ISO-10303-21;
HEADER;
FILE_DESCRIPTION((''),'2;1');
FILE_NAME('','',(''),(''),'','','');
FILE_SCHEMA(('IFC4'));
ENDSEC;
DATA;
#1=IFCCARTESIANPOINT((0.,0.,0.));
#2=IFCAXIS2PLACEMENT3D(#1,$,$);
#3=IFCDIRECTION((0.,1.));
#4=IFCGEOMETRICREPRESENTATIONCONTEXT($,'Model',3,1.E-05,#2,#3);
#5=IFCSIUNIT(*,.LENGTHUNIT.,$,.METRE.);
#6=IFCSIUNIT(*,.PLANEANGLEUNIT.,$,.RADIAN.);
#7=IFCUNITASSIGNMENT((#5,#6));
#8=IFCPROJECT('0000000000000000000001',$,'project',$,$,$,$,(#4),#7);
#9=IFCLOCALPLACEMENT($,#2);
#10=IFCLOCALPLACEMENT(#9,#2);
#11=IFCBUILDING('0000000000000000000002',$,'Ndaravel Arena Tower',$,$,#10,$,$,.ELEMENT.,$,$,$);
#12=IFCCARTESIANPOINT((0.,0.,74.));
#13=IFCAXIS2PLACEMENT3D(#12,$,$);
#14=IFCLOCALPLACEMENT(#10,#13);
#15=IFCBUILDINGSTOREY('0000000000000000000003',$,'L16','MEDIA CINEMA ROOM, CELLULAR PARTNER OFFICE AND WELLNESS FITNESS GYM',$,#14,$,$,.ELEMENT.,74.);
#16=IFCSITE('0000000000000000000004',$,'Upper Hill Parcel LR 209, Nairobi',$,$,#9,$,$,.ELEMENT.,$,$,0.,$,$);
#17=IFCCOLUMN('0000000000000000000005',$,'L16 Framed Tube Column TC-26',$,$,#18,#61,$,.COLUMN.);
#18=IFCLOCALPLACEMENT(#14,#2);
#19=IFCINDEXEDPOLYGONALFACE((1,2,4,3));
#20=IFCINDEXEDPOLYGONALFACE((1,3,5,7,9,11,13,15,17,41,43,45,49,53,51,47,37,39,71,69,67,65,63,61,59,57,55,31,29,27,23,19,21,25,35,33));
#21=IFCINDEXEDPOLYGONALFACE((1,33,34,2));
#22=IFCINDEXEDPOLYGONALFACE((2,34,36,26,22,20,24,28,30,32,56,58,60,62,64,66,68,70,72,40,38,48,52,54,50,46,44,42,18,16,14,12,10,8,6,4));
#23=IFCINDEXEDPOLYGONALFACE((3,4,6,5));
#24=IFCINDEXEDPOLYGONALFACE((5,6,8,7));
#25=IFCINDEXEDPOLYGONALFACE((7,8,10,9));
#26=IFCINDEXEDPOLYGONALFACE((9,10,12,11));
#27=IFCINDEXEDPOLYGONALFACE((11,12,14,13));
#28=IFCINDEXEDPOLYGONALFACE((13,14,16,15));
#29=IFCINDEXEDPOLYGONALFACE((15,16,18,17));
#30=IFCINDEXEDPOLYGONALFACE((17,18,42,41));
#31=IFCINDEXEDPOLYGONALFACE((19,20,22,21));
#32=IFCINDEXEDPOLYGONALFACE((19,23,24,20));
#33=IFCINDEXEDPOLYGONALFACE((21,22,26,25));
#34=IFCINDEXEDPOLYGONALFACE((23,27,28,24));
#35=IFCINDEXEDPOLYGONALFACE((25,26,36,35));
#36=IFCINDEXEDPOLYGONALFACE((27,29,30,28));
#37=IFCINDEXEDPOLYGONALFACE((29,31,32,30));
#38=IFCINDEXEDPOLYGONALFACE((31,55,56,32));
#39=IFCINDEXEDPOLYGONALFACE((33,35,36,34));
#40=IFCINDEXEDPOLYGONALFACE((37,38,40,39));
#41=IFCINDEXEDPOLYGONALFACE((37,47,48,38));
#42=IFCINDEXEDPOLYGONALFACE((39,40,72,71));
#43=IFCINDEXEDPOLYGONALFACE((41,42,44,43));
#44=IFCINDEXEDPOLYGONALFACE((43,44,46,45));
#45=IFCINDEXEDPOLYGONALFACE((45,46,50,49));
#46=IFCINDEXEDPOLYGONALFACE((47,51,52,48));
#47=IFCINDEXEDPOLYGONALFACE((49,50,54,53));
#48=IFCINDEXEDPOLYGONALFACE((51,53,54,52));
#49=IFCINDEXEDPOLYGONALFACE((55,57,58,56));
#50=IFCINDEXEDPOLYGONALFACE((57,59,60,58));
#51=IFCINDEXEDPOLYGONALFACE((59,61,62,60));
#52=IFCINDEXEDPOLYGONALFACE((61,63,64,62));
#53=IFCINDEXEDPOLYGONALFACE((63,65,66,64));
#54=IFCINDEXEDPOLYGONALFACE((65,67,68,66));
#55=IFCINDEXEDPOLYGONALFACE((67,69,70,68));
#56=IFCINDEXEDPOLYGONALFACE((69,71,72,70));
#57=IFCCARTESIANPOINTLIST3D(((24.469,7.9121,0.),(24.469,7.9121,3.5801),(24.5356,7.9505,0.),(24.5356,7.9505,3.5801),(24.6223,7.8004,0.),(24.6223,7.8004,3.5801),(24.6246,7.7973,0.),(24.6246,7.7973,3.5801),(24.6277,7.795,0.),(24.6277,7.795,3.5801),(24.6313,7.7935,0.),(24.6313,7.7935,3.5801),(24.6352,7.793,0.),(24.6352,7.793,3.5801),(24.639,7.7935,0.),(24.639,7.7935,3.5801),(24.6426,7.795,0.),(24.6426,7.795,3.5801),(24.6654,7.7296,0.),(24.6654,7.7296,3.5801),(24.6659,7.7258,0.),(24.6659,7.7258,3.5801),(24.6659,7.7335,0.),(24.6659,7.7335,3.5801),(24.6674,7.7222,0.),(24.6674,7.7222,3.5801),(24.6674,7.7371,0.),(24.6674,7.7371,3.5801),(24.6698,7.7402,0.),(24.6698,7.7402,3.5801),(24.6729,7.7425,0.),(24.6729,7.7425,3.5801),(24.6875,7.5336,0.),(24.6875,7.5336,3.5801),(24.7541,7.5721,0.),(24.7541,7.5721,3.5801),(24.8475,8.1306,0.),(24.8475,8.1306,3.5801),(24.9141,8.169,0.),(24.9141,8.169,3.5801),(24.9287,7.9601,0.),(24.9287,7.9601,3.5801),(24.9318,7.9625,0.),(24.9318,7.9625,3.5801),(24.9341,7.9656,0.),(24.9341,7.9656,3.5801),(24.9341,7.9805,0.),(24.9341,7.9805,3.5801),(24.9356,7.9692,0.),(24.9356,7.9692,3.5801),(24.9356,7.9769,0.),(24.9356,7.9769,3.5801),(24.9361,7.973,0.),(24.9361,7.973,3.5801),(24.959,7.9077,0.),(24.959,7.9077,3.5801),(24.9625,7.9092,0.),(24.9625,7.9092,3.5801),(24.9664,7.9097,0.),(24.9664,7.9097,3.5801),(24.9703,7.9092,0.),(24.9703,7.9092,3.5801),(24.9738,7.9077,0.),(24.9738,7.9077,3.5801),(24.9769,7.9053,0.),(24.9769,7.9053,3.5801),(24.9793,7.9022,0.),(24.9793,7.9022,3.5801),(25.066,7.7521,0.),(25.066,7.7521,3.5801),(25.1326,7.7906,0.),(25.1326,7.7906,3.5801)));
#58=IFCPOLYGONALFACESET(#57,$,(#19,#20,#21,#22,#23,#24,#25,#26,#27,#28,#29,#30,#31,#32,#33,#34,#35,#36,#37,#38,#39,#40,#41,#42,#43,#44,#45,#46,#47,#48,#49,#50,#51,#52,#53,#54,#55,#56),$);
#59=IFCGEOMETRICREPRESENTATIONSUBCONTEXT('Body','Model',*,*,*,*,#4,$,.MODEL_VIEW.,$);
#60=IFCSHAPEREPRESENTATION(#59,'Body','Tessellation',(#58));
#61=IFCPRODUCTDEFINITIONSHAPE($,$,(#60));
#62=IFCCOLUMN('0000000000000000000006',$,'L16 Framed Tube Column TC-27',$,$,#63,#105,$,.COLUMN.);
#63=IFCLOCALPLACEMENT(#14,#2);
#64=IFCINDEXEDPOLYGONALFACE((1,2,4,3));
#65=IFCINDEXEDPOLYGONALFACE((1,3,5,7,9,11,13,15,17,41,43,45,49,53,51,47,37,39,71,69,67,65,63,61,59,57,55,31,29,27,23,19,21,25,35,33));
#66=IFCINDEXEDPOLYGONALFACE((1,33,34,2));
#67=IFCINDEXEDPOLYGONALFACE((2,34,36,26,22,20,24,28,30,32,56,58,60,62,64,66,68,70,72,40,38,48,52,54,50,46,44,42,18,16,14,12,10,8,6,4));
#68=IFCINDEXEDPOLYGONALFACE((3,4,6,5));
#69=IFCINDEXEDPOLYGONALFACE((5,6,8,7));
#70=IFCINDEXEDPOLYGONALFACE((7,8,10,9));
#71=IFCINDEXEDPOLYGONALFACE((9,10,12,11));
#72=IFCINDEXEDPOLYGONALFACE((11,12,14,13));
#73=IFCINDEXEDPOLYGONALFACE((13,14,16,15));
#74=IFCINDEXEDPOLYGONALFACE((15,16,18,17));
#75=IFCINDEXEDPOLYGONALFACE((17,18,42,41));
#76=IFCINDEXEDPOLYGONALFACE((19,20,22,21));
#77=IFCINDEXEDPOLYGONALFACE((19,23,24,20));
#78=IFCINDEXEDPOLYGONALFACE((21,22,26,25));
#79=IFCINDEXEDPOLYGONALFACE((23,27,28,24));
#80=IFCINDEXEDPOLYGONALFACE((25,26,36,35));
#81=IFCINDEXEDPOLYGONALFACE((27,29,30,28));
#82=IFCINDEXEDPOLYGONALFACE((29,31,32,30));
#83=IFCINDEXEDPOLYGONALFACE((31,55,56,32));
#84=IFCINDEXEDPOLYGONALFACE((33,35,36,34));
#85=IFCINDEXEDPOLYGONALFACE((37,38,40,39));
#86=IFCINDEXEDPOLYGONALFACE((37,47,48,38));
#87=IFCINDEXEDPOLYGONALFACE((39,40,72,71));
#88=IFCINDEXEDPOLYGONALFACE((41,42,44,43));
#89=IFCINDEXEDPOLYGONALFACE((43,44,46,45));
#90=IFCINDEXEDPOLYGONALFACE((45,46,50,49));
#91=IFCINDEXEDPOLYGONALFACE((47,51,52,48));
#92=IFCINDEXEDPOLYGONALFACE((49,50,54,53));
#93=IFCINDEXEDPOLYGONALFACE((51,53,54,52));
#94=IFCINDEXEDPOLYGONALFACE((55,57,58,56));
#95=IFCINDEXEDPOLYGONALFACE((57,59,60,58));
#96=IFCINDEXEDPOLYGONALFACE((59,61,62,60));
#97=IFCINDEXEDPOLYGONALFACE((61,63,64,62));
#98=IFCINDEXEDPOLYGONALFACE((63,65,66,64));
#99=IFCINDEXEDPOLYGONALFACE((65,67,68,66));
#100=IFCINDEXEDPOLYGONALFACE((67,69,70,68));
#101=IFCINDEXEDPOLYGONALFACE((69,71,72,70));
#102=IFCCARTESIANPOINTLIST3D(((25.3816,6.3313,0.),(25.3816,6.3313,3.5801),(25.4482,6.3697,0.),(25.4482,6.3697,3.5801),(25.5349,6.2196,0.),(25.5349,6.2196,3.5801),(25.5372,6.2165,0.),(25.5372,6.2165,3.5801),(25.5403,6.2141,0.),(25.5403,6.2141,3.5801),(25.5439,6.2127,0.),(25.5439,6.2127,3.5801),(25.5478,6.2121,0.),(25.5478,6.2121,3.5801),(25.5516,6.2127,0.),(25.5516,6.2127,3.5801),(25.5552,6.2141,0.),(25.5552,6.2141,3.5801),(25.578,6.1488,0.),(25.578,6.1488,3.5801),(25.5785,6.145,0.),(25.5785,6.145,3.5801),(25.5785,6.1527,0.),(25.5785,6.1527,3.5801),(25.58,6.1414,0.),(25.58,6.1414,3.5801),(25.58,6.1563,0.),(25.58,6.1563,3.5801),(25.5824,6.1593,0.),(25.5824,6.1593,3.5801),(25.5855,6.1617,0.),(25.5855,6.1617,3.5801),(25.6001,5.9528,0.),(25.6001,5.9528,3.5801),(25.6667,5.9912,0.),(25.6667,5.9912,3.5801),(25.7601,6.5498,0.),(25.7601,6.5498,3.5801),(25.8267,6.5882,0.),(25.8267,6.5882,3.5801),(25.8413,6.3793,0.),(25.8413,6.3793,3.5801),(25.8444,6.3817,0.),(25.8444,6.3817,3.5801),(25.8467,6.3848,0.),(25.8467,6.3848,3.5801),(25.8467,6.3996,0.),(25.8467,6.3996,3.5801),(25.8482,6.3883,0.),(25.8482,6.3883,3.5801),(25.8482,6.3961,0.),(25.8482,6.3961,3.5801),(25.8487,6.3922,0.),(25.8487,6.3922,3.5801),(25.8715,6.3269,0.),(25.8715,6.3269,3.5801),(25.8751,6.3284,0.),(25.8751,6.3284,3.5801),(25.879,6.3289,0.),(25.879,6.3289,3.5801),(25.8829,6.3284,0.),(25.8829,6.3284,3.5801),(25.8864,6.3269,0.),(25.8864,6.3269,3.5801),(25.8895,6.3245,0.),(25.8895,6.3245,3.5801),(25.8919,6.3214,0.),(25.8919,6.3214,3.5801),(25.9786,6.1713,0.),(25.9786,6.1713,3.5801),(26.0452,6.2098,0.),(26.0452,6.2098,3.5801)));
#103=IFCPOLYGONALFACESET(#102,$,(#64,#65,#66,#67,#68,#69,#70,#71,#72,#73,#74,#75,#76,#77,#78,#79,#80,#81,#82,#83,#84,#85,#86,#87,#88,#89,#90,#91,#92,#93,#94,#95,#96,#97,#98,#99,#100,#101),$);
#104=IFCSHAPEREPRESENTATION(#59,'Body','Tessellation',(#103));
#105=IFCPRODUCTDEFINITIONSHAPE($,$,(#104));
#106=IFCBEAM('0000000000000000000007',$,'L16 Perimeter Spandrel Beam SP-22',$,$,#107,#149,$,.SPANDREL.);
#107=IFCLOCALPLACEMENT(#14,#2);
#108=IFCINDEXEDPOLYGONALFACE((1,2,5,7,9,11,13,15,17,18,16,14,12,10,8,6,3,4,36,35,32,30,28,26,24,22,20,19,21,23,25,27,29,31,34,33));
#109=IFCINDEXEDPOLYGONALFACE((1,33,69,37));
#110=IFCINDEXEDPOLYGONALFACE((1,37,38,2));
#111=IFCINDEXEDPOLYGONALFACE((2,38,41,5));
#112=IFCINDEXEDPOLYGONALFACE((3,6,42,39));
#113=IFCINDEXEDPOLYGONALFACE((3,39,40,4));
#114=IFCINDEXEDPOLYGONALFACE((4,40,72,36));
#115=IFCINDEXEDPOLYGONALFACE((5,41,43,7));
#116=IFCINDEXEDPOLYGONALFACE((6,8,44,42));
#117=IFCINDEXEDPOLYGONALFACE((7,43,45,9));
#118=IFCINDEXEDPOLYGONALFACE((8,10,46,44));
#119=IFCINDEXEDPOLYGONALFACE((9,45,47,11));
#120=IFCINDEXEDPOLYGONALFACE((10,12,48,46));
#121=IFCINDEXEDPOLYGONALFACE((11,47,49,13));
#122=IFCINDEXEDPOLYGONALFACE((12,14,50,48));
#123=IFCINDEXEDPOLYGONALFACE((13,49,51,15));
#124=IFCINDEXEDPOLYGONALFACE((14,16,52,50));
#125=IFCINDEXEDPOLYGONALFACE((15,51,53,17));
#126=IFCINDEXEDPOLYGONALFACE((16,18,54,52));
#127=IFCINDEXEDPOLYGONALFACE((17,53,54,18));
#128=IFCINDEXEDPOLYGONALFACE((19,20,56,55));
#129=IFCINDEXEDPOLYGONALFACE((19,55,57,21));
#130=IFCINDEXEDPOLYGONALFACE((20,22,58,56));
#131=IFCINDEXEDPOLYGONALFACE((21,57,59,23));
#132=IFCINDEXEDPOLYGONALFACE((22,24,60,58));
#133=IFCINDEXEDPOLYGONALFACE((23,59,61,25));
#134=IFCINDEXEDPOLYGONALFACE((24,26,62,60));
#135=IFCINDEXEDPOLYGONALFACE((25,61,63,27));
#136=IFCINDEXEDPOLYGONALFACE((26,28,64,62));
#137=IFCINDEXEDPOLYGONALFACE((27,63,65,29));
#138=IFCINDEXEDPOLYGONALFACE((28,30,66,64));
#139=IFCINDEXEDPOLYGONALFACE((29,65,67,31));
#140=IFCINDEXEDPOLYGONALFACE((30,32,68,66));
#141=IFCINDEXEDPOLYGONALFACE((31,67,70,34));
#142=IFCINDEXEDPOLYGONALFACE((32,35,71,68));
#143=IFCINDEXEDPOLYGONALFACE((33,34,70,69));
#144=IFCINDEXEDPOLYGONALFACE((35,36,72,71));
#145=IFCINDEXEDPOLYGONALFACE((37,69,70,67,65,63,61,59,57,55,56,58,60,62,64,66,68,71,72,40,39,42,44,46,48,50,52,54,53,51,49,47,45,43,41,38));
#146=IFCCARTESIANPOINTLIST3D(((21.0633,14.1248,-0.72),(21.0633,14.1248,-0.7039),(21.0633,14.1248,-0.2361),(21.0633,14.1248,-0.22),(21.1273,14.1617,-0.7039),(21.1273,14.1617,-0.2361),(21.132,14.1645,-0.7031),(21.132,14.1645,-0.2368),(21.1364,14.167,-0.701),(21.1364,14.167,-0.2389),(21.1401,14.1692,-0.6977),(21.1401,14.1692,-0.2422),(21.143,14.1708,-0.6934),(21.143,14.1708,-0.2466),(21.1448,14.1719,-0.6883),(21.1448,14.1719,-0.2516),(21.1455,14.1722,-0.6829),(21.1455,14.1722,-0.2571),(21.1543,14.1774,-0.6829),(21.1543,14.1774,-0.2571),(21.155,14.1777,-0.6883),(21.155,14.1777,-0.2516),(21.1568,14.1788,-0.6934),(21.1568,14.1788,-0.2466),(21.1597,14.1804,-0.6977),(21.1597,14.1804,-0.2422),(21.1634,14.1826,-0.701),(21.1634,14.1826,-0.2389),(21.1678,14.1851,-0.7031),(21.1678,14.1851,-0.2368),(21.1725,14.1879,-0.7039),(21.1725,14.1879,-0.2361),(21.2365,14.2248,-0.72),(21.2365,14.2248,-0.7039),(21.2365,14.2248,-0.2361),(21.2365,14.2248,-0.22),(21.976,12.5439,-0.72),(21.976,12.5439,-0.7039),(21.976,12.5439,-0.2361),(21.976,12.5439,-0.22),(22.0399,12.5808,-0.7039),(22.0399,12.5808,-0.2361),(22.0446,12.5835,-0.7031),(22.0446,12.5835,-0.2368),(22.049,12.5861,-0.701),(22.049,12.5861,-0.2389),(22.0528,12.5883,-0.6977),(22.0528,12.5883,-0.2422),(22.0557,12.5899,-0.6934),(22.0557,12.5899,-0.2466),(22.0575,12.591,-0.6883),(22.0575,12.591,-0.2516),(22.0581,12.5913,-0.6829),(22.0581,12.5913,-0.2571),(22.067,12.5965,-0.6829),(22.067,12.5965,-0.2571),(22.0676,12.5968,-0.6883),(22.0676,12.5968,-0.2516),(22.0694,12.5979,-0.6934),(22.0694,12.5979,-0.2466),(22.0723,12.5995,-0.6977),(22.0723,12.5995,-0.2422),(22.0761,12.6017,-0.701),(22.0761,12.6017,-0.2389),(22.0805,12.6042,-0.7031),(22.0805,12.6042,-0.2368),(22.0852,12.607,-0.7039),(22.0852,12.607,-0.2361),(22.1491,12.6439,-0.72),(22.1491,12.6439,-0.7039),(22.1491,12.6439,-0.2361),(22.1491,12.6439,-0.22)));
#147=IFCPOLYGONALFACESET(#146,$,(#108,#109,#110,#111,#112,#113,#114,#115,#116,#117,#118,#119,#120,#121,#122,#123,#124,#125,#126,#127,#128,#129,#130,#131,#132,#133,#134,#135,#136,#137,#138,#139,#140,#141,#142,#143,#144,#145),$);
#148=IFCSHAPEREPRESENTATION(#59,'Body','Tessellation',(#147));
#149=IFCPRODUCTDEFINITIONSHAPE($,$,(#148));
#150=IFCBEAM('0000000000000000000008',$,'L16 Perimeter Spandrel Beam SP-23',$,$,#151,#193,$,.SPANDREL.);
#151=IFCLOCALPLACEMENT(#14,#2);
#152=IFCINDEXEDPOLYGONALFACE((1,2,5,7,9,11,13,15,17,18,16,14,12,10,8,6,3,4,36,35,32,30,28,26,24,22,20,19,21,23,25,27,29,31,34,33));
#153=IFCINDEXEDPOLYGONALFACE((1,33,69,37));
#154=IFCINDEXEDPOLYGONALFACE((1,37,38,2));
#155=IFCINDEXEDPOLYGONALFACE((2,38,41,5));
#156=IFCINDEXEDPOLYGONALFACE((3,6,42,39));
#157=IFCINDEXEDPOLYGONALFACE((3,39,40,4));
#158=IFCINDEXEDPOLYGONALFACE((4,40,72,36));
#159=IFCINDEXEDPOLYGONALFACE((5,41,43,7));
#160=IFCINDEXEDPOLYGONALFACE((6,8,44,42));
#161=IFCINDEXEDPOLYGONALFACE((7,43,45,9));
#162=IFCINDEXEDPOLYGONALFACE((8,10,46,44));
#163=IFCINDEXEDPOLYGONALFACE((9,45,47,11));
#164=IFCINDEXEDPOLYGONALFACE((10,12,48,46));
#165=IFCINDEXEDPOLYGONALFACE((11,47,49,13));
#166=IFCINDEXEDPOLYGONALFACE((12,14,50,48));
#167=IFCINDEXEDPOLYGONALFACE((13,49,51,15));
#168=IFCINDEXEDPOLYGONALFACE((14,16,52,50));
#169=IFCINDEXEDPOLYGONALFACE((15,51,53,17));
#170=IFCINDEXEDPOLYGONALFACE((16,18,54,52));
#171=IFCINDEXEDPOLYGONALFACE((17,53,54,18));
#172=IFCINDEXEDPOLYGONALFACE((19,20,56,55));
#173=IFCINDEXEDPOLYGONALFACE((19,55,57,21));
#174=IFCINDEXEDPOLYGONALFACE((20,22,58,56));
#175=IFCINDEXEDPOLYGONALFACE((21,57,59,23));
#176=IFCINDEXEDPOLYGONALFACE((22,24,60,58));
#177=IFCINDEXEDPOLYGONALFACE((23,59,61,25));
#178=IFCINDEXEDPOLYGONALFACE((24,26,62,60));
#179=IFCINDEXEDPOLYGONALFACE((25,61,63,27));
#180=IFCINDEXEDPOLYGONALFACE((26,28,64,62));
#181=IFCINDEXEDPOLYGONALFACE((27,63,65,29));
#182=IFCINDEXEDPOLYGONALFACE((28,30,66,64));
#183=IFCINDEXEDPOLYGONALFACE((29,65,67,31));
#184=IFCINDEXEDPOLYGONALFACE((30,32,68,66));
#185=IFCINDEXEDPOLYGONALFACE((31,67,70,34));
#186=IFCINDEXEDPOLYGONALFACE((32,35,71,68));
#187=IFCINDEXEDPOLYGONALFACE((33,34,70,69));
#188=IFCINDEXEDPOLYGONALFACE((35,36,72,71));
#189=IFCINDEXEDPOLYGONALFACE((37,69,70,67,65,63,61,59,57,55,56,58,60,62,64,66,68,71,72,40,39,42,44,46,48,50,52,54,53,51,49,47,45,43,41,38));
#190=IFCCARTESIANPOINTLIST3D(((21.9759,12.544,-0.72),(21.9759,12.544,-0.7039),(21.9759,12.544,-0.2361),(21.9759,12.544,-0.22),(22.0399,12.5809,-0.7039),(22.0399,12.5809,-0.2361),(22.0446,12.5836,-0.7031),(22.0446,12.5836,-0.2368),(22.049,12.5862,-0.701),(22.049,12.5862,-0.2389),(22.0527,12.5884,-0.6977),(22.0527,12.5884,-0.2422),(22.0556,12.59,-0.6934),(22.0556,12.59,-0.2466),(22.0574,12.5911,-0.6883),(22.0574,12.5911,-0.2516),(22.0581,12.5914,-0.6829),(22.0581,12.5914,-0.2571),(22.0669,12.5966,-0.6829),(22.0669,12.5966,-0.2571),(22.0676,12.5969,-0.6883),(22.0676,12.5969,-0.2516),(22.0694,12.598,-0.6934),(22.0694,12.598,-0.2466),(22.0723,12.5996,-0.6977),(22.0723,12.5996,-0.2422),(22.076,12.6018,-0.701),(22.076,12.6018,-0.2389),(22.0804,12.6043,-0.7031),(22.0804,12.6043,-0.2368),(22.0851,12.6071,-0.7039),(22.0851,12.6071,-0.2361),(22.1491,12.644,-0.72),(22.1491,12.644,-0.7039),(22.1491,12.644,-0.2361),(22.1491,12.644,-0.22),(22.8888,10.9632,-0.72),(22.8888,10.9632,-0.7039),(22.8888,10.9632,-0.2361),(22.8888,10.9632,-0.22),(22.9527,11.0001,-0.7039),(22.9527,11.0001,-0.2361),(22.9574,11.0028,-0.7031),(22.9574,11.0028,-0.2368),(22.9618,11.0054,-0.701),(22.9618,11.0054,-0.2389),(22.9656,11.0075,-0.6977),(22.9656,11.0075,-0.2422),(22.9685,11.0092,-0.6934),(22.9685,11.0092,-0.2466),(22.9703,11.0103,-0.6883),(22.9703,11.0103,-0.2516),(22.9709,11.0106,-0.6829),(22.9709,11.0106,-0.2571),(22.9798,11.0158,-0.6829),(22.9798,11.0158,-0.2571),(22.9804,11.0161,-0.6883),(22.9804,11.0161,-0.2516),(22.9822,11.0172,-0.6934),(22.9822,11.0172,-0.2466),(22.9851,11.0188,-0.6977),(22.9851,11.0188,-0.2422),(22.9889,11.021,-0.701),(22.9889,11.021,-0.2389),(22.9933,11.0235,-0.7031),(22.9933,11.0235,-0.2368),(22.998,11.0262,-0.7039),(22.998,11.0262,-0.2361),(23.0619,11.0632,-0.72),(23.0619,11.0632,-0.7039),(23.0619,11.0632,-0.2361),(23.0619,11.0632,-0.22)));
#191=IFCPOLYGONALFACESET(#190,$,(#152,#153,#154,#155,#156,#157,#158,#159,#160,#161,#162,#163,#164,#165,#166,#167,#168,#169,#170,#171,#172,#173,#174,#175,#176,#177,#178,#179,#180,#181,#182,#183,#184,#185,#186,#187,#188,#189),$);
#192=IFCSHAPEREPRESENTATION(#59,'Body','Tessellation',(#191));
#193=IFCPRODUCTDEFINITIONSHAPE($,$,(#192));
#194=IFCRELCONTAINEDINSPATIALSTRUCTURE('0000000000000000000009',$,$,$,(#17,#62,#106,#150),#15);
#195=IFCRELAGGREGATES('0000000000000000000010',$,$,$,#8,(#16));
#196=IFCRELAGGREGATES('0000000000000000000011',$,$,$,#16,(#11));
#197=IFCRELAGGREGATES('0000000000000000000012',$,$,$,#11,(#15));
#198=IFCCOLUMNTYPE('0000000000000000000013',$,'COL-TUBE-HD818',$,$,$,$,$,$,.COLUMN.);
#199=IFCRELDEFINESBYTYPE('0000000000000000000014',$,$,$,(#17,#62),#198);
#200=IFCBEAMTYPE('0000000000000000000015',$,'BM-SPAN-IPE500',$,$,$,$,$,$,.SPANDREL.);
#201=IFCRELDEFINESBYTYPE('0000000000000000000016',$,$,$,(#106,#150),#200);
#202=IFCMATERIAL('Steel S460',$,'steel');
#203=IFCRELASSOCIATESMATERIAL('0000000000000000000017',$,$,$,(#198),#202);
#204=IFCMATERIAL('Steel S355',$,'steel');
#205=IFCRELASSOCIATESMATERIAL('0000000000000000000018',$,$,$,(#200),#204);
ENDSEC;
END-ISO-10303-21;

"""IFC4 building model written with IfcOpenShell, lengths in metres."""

from ifc_helpers import new_model, si_unit, direction, frame, origin, origin_2d, place, context, subcontext, project, spatial, i_section, extrude, material, material_profile, profile_set, type_object, element, save


model = new_model("IFC4")

# Units and contexts
model_context = context("Model", 3, precision=1e-05, world=origin(), true_north=direction((0.0, 1.0)))
body_context = subcontext(model_context, "Body", "Model", "MODEL_VIEW")
ifc_project = project(units=[si_unit("LENGTHUNIT", "METRE"), si_unit("PLANEANGLEUNIT", "RADIAN")], contexts=[model_context])

# Site, building, storey
site_placement = place(None, origin())
site = spatial("IfcSite", under=ifc_project, at=site_placement, Name="Upper Hill Parcel LR 209, Nairobi", CompositionType="ELEMENT", RefElevation=0.0)
building_placement = place(site_placement, origin())
building = spatial("IfcBuilding", under=site, at=building_placement, Name="Ndaravel Arena Tower", CompositionType="ELEMENT")
storey_placement = place(building_placement, frame((0.0, 0.0, 74.0)))
storey = spatial("IfcBuildingStorey", under=building, at=storey_placement, Name="L16", Description="MEDIA CINEMA ROOM, CELLULAR PARTNER OFFICE AND WELLNESS FITNESS GYM", CompositionType="ELEMENT", Elevation=74.0)

# Columns
ifc_material_1 = material(Name="Steel S460", Category="steel")
ifc_material_profile_1 = material_profile(ifc_material_1, i_section(OverallWidth=0.437, OverallDepth=0.5139, WebThickness=0.0605, FlangeThickness=0.0769, FilletRadius=0.0149, at=origin_2d()), Name="HD 400x818")
ifc_profile_set_1 = profile_set([ifc_material_profile_1], Name="Steel S460")
column_type = type_object("IfcColumnType", Name="COL-TUBE-HD818", PredefinedType="COLUMN", material=ifc_profile_set_1)
for number, where, z_axis, x_axis, name in (
    (1, (24.8008, 7.8513, 0.0), (0.0, 0.0, 1.0), (-0.5, 0.866025, 0.0), "L16 Framed Tube Column TC-26"),
    (2, (25.7134, 6.2705, 0.0), (0.0, 0.0, 1.0), (-0.5, 0.866025, 0.0), "L16 Framed Tube Column TC-27"),
):
    element("IfcColumn", number, at=place(storey_placement, frame(where, z_axis=z_axis, x_axis=x_axis)), inside=storey, type_object=column_type, Name=name, PredefinedType="COLUMN", context=body_context, shape_type="SweptSolid", body=[
        extrude(i_section(OverallWidth=0.437, OverallDepth=0.5139, WebThickness=0.0605, FlangeThickness=0.0769, FilletRadius=0.0149, at=origin_2d()), origin(), (0.0, 0.0, 1.0), 3.5801),
    ])

# Beams
ifc_material_2 = material(Name="Steel S355", Category="steel")
ifc_material_profile_2 = material_profile(ifc_material_2, i_section(OverallWidth=0.2, OverallDepth=0.5, WebThickness=0.0103, FlangeThickness=0.0161, FilletRadius=0.021, at=origin_2d()), Name="IPE 500")
ifc_profile_set_2 = profile_set([ifc_material_profile_2], Name="Steel S355")
beam_type = type_object("IfcBeamType", Name="BM-SPAN-IPE500", PredefinedType="SPANDREL", material=ifc_profile_set_2)
for number, where, z_axis, x_axis, name in (
    (3, (21.1499, 14.1748, -0.47), (0.499966, -0.866045, 0.0), (0.866045, 0.499966, 0.0), "L16 Perimeter Spandrel Beam SP-22"),
    (4, (22.0625, 12.594, -0.47), (0.500066, -0.865987, 0.0), (0.865987, 0.500066, 0.0), "L16 Perimeter Spandrel Beam SP-23"),
):
    element("IfcBeam", number, at=place(storey_placement, frame(where, z_axis=z_axis, x_axis=x_axis)), inside=storey, type_object=beam_type, Name=name, PredefinedType="SPANDREL", context=body_context, shape_type="SweptSolid", body=[
        extrude(i_section(OverallWidth=0.2, OverallDepth=0.5, WebThickness=0.0103, FlangeThickness=0.0161, FilletRadius=0.021, at=origin_2d()), origin(), (0.0, 0.0, 1.0), 1.8254),
    ])

save(model, "model.ifc")
